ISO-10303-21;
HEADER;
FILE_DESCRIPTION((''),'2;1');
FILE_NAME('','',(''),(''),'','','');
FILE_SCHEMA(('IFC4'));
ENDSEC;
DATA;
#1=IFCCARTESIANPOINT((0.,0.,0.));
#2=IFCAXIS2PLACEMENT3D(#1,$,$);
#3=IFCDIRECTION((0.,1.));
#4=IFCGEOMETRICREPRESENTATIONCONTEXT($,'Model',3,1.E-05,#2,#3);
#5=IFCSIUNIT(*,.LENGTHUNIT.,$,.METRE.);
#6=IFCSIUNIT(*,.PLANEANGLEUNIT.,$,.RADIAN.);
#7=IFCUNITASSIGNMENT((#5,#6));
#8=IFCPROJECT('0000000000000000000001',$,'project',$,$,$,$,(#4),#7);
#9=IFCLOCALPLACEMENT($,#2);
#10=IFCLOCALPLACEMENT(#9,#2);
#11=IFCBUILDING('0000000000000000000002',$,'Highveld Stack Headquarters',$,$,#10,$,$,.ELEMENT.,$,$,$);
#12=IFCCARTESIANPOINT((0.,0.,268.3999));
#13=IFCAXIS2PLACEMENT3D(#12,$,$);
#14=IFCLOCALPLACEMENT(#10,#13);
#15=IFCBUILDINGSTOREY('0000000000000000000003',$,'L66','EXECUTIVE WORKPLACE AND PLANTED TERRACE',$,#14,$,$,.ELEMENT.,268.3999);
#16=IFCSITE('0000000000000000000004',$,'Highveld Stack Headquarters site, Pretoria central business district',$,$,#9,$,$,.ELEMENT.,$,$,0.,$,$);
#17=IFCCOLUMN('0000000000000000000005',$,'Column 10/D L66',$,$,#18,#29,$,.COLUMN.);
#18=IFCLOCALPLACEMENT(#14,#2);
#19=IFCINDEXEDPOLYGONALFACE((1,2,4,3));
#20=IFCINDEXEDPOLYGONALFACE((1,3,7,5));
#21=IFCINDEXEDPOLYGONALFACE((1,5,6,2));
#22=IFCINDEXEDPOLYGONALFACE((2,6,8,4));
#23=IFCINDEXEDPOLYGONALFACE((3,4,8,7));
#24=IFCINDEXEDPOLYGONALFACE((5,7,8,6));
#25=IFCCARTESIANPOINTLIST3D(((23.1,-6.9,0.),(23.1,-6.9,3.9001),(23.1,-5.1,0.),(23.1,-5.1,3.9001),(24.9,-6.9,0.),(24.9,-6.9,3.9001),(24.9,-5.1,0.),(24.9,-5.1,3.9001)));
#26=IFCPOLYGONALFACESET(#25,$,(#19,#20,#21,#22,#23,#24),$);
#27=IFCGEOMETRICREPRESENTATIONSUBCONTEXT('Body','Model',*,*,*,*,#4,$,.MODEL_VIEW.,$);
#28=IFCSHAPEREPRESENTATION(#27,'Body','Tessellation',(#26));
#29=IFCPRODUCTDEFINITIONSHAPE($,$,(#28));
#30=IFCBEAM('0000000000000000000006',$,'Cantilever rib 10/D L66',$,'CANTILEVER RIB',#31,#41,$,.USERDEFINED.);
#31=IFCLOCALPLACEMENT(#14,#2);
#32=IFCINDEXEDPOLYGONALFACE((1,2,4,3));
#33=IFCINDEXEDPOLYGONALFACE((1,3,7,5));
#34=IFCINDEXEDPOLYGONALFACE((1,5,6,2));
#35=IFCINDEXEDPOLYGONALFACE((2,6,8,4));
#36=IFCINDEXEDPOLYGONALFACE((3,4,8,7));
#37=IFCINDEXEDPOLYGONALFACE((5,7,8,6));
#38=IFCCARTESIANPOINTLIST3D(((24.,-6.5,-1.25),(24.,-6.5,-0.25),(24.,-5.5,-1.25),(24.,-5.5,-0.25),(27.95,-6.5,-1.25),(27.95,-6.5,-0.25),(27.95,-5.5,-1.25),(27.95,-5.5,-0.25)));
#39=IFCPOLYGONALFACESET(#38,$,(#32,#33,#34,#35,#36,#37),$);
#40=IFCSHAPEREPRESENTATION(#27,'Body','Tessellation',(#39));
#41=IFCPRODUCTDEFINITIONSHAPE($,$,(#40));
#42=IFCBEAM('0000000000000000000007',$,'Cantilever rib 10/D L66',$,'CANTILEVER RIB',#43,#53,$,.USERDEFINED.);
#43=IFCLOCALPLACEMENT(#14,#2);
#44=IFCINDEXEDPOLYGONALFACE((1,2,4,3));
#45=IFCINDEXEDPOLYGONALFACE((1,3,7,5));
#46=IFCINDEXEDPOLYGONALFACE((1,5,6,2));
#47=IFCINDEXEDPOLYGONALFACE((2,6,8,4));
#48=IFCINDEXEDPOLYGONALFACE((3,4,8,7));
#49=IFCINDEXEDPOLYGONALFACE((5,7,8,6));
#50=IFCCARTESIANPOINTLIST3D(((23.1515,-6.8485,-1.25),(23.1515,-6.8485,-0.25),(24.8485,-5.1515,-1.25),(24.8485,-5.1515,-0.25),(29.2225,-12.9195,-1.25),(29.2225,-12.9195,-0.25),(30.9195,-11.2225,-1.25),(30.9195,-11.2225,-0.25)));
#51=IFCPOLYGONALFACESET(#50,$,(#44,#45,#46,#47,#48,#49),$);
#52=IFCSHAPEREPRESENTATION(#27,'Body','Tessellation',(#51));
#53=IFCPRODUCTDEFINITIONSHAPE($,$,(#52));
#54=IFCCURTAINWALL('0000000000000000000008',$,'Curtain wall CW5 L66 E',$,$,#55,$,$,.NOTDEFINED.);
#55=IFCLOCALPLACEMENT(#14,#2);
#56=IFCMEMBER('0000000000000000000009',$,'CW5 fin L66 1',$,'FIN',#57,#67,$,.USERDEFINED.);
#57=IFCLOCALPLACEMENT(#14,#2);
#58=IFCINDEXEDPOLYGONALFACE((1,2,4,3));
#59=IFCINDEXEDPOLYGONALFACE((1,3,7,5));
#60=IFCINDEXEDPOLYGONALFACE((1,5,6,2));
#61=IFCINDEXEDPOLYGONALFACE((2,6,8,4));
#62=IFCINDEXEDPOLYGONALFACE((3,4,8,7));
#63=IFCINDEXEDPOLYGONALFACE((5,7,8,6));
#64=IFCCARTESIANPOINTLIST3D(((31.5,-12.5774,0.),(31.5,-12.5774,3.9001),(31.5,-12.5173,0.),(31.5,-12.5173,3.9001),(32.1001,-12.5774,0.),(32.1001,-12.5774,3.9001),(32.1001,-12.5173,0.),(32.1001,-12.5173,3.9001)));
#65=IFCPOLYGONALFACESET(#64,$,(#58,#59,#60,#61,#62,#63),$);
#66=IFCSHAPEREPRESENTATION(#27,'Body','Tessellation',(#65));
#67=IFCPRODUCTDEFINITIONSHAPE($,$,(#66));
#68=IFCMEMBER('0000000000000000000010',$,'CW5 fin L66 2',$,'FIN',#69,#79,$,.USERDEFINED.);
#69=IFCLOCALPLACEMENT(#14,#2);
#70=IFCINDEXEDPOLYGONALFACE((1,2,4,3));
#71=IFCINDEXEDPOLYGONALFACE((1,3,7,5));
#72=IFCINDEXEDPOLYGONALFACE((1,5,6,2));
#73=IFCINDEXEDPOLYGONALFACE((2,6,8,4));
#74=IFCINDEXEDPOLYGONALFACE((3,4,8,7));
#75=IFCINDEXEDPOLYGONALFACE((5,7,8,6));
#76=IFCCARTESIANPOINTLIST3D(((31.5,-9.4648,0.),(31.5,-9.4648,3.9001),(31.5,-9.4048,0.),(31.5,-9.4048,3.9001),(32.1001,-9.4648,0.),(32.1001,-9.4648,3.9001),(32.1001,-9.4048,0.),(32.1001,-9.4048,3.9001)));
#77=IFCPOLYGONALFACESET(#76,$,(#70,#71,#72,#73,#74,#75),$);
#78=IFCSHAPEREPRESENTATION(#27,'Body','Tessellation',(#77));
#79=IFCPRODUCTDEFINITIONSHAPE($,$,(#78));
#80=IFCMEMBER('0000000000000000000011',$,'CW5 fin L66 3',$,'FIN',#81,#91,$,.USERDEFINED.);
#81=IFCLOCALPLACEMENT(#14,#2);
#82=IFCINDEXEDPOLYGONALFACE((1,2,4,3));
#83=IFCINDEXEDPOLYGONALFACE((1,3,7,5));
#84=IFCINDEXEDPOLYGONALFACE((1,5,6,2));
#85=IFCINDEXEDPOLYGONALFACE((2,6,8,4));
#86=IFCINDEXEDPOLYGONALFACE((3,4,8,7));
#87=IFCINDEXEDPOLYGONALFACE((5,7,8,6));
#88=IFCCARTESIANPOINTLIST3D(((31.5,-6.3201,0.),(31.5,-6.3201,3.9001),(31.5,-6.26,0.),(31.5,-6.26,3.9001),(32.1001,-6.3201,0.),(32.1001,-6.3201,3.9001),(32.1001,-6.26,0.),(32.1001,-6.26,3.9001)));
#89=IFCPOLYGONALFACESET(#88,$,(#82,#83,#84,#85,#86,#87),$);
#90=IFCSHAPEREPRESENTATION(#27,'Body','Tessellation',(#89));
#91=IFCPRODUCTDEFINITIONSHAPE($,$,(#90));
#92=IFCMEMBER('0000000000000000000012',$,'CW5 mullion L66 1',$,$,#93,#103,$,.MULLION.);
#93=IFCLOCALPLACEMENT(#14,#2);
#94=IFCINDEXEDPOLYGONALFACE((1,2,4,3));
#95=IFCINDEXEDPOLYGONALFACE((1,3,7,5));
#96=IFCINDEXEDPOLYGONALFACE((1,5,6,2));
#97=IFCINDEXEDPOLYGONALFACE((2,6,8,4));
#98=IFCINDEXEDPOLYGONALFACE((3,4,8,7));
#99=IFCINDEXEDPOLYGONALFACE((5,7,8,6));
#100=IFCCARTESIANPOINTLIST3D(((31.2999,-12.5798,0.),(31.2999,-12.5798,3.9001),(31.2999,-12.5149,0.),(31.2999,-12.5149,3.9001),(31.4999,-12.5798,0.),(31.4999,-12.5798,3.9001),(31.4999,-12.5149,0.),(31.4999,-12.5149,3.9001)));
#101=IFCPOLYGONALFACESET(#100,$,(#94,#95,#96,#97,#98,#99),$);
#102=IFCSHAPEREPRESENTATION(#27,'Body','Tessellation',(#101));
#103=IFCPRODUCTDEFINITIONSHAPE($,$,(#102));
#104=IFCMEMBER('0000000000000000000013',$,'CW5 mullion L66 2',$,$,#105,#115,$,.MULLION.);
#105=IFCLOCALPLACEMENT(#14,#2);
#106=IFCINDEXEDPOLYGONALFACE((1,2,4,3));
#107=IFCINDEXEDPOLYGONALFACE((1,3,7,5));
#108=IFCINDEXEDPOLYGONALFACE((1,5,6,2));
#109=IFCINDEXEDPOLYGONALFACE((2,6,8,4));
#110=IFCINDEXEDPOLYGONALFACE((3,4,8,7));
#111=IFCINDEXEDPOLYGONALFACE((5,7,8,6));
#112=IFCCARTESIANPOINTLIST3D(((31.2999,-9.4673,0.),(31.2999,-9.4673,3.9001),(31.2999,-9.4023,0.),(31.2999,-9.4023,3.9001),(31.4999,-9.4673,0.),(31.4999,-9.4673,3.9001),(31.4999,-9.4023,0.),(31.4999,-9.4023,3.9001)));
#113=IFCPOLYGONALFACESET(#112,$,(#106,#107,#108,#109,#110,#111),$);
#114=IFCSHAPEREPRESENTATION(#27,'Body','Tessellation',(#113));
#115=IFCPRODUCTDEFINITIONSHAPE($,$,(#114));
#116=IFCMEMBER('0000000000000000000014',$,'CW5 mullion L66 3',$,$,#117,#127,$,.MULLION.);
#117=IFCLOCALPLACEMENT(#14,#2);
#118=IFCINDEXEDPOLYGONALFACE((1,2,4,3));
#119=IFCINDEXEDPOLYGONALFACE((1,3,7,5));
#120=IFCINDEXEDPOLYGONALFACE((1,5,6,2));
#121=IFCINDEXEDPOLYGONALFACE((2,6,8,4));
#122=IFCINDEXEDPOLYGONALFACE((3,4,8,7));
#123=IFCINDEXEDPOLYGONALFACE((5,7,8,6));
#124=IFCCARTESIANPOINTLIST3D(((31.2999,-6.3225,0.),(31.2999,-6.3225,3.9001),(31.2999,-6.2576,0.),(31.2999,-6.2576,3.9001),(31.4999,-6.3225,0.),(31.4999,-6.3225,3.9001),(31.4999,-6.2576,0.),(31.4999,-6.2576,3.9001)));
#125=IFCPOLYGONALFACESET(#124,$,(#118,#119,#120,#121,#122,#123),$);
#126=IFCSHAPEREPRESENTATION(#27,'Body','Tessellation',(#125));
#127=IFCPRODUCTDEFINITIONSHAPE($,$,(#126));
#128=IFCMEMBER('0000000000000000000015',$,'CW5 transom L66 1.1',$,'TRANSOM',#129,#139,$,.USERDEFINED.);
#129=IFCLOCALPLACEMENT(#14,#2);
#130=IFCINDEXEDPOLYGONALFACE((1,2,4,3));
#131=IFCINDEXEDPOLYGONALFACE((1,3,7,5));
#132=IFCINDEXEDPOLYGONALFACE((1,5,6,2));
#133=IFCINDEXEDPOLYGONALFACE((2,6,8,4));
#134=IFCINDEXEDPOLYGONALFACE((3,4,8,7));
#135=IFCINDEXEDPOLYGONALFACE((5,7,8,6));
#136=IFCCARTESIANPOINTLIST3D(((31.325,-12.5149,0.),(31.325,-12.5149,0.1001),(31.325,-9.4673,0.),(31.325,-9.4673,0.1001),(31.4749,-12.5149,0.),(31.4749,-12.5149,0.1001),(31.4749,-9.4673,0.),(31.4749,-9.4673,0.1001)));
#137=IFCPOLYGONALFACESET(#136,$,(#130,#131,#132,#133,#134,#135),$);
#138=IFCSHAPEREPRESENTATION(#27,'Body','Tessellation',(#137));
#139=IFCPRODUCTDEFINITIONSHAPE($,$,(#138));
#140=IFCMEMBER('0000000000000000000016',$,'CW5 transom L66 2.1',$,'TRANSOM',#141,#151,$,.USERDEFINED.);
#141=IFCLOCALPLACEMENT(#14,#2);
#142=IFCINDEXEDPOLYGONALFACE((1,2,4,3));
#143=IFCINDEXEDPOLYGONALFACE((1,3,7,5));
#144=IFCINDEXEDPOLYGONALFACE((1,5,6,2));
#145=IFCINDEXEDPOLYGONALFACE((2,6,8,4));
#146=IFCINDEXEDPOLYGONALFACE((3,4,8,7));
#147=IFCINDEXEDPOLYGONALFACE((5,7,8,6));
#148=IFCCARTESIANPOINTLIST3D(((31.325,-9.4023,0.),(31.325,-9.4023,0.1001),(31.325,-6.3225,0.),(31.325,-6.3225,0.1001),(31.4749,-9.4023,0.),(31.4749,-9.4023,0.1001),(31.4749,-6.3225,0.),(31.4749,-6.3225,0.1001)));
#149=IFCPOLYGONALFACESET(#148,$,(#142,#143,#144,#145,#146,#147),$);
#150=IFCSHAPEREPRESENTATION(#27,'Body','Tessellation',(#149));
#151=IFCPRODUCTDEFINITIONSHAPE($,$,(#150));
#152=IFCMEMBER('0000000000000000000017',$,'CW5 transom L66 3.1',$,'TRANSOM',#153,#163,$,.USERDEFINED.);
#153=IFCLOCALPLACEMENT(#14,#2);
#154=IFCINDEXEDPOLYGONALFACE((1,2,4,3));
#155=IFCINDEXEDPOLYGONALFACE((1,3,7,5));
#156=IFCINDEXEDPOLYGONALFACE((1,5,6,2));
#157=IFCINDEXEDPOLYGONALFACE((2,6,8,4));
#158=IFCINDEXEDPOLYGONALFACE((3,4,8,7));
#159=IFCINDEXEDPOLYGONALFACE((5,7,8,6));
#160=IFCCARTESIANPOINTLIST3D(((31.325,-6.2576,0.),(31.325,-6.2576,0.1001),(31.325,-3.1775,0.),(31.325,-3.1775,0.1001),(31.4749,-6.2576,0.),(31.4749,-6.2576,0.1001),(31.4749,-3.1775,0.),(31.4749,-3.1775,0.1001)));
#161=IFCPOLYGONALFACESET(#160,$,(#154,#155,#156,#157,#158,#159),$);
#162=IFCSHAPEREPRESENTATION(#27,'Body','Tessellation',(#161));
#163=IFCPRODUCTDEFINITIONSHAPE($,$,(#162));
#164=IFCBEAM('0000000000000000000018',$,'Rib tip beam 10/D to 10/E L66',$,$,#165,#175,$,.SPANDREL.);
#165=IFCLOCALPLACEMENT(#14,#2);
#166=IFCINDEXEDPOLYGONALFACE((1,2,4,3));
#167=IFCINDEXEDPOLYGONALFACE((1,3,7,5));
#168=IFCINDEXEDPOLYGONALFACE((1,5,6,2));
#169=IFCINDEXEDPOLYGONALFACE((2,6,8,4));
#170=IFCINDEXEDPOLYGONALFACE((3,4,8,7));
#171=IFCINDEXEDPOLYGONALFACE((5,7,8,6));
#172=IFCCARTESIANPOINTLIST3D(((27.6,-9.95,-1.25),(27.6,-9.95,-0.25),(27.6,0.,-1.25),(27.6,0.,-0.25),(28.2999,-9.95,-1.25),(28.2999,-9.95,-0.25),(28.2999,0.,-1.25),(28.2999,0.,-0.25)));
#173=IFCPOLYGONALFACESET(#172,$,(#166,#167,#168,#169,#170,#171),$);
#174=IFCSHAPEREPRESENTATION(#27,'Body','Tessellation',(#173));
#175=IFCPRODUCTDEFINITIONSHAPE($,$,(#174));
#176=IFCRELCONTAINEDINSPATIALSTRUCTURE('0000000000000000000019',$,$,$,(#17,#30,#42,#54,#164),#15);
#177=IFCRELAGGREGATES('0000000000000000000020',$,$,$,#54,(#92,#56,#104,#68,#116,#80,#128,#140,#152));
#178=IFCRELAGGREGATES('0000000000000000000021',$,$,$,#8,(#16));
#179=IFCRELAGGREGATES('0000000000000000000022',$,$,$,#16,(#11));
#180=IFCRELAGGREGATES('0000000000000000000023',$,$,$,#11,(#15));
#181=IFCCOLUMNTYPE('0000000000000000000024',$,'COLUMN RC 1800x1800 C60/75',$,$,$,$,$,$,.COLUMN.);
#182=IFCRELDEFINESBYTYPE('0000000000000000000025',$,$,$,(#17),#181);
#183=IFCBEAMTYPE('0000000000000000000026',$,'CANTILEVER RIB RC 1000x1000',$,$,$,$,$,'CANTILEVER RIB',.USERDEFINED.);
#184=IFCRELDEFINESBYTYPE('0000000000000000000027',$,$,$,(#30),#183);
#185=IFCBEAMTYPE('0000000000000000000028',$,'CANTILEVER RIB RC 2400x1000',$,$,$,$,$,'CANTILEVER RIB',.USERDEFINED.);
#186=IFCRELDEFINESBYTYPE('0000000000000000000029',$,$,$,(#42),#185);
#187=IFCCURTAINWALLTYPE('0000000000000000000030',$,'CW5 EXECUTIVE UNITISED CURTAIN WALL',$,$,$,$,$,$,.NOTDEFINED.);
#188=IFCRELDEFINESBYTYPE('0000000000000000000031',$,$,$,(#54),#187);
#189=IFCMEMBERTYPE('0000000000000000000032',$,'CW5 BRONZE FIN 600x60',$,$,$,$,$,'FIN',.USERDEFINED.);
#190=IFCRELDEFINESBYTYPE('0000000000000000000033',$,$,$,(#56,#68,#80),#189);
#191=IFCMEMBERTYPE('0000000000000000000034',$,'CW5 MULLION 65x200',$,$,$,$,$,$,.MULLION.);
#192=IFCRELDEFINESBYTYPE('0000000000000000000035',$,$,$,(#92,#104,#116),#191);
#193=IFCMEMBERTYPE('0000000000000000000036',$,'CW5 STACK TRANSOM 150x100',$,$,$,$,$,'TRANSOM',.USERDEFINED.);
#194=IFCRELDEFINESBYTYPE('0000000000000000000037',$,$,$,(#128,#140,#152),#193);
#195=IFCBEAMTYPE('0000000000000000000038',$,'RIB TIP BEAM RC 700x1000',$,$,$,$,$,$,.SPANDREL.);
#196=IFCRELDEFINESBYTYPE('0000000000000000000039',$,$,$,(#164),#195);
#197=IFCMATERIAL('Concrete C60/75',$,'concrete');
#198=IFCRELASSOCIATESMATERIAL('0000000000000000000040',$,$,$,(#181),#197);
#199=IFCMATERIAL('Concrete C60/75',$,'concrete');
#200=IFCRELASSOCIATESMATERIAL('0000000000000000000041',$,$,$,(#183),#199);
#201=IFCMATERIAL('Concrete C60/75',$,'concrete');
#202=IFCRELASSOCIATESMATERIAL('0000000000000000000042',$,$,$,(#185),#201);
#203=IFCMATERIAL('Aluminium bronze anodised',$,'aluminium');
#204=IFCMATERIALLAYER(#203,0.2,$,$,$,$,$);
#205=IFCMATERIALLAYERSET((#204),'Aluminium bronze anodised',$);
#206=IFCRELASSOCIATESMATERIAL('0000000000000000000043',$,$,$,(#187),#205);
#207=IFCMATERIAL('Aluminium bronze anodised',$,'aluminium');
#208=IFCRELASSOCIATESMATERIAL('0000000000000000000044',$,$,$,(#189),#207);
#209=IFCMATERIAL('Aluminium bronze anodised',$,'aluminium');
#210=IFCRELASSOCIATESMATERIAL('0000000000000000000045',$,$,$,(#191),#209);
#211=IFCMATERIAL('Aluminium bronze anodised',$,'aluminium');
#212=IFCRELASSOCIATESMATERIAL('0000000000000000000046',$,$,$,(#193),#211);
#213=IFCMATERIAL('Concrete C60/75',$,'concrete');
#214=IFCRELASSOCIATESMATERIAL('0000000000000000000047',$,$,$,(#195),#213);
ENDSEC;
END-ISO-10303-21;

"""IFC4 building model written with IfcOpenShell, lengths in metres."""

from ifc_helpers import new_model, si_unit, direction, frame, origin, origin_2d, place, context, subcontext, project, spatial, rectangle, extrude, material, layer, layer_set, material_profile, profile_set, type_object, element, aggregate, save


model = new_model("IFC4")

# Units and contexts
model_context = context("Model", 3, precision=1e-05, world=origin(), true_north=direction((0.0, 1.0)))
body_context = subcontext(model_context, "Body", "Model", "MODEL_VIEW")
ifc_project = project(units=[si_unit("LENGTHUNIT", "METRE"), si_unit("PLANEANGLEUNIT", "RADIAN")], contexts=[model_context])

# Site, building, storey
site_placement = place(None, origin())
site = spatial("IfcSite", under=ifc_project, at=site_placement, Name="Highveld Stack Headquarters site, Pretoria central business district", CompositionType="ELEMENT", RefElevation=0.0)
building_placement = place(site_placement, origin())
building = spatial("IfcBuilding", under=site, at=building_placement, Name="Highveld Stack Headquarters", CompositionType="ELEMENT")
storey_placement = place(building_placement, frame((0.0, 0.0, 268.3999)))
storey = spatial("IfcBuildingStorey", under=building, at=storey_placement, Name="L66", Description="EXECUTIVE WORKPLACE AND PLANTED TERRACE", CompositionType="ELEMENT", Elevation=268.3999)

# Column
ifc_material_1 = material(Name="Concrete C60/75", Category="concrete")
ifc_material_profile_1 = material_profile(ifc_material_1, rectangle(XDim=1.8, YDim=1.8, at=origin_2d()), Name="RC 1800x1800")
ifc_profile_set_1 = profile_set([ifc_material_profile_1], Name="Concrete C60/75")
column_type = type_object("IfcColumnType", Name="COLUMN RC 1800x1800 C60/75", PredefinedType="COLUMN", material=ifc_profile_set_1)
column_placement = place(storey_placement, frame((24.0, -6.0, 0.0), z_axis=(0.0, 0.0, 1.0), x_axis=(1.0, 0.0, 0.0)))
element("IfcColumn", 1, at=column_placement, inside=storey, type_object=column_type, Name="Column 10/D L66", PredefinedType="COLUMN", context=body_context, shape_type="SweptSolid", body=[
    extrude(rectangle(XDim=1.8, YDim=1.8, at=origin_2d()), origin(), (0.0, 0.0, 1.0), 3.9001),
])

# Beams
ifc_material_2 = material(Name="Concrete C60/75", Category="concrete")
ifc_material_profile_2 = material_profile(ifc_material_2, rectangle(XDim=1.0, YDim=1.0, at=origin_2d()), Name="RC 1000x1000")
ifc_profile_set_2 = profile_set([ifc_material_profile_2], Name="Concrete C60/75")
beam_type_1 = type_object("IfcBeamType", Name="CANTILEVER RIB RC 1000x1000", ElementType="CANTILEVER RIB", PredefinedType="USERDEFINED", material=ifc_profile_set_2)
beam_1_placement = place(storey_placement, frame((24.0, -6.0, -0.75), z_axis=(1.0, 0.0, 0.0), x_axis=(0.0, 1.0, 0.0)))
element("IfcBeam", 2, at=beam_1_placement, inside=storey, type_object=beam_type_1, Name="Cantilever rib 10/D L66", ObjectType="CANTILEVER RIB", PredefinedType="USERDEFINED", context=body_context, shape_type="SweptSolid", body=[
    extrude(rectangle(XDim=1.0, YDim=1.0, at=origin_2d()), origin(), (0.0, 0.0, 1.0), 3.95),
])
ifc_material_3 = material(Name="Concrete C60/75", Category="concrete")
ifc_material_profile_3 = material_profile(ifc_material_3, rectangle(XDim=2.3999, YDim=1.0, at=origin_2d()), Name="RC 2400x1000")
ifc_profile_set_3 = profile_set([ifc_material_profile_3], Name="Concrete C60/75")
beam_type_2 = type_object("IfcBeamType", Name="CANTILEVER RIB RC 2400x1000", ElementType="CANTILEVER RIB", PredefinedType="USERDEFINED", material=ifc_profile_set_3)
beam_2_placement = place(storey_placement, frame((24.0, -6.0, -0.75), z_axis=(0.707107, -0.707107, 0.0), x_axis=(0.707107, 0.707107, 0.0)))
element("IfcBeam", 3, at=beam_2_placement, inside=storey, type_object=beam_type_2, Name="Cantilever rib 10/D L66", ObjectType="CANTILEVER RIB", PredefinedType="USERDEFINED", context=body_context, shape_type="SweptSolid", body=[
    extrude(rectangle(XDim=2.3999, YDim=1.0, at=origin_2d()), origin(), (0.0, 0.0, 1.0), 8.5857),
])

# Curtain wall, members
ifc_material_4 = material(Name="Aluminium bronze anodised", Category="aluminium")
ifc_layer_1 = layer(ifc_material_4, 0.2)
ifc_layer_set_1 = layer_set([ifc_layer_1], Name="Aluminium bronze anodised")
curtain_wall_type = type_object("IfcCurtainWallType", Name="CW5 EXECUTIVE UNITISED CURTAIN WALL", PredefinedType="NOTDEFINED", material=ifc_layer_set_1)
curtain_wall_placement = place(storey_placement, origin())
curtain_wall = element("IfcCurtainWall", 4, at=curtain_wall_placement, inside=storey, type_object=curtain_wall_type, Name="Curtain wall CW5 L66 E", PredefinedType="NOTDEFINED")
ifc_material_5 = material(Name="Aluminium bronze anodised", Category="aluminium")
ifc_material_profile_4 = material_profile(ifc_material_5, rectangle(XDim=0.6001, YDim=0.0601, at=origin_2d()), Name="FIN 600x60")
ifc_profile_set_4 = profile_set([ifc_material_profile_4], Name="Aluminium bronze anodised")
member_type_1 = type_object("IfcMemberType", Name="CW5 BRONZE FIN 600x60", ElementType="FIN", PredefinedType="USERDEFINED", material=ifc_profile_set_4)
member_1_placement = place(storey_placement, frame((31.8, -12.5474, 0.0), z_axis=(0.0, 0.0, 1.0), x_axis=(-1.0, 0.0, 0.0)))
member_1 = element("IfcMember", 5, at=member_1_placement, type_object=member_type_1, Name="CW5 fin L66 1", ObjectType="FIN", PredefinedType="USERDEFINED", context=body_context, shape_type="SweptSolid", body=[
    extrude(rectangle(XDim=0.6001, YDim=0.0601, at=origin_2d()), origin(), (0.0, 0.0, 1.0), 3.9001),
])
member_2_placement = place(storey_placement, frame((31.8, -9.4348, 0.0), z_axis=(0.0, 0.0, 1.0), x_axis=(-1.0, 0.0, 0.0)))
member_2 = element("IfcMember", 6, at=member_2_placement, type_object=member_type_1, Name="CW5 fin L66 2", ObjectType="FIN", PredefinedType="USERDEFINED", context=body_context, shape_type="SweptSolid", body=[
    extrude(rectangle(XDim=0.6001, YDim=0.0601, at=origin_2d()), origin(), (0.0, 0.0, 1.0), 3.9001),
])
member_3_placement = place(storey_placement, frame((31.8, -6.29, 0.0), z_axis=(0.0, 0.0, 1.0), x_axis=(-1.0, 0.0, 0.0)))
member_3 = element("IfcMember", 7, at=member_3_placement, type_object=member_type_1, Name="CW5 fin L66 3", ObjectType="FIN", PredefinedType="USERDEFINED", context=body_context, shape_type="SweptSolid", body=[
    extrude(rectangle(XDim=0.6001, YDim=0.0601, at=origin_2d()), origin(), (0.0, 0.0, 1.0), 3.9001),
])
ifc_material_6 = material(Name="Aluminium bronze anodised", Category="aluminium")
ifc_material_profile_5 = material_profile(ifc_material_6, rectangle(XDim=0.2, YDim=0.0649, at=origin_2d()), Name="CW5 MULLION 65x200")
ifc_profile_set_5 = profile_set([ifc_material_profile_5], Name="Aluminium bronze anodised")
member_type_2 = type_object("IfcMemberType", Name="CW5 MULLION 65x200", PredefinedType="MULLION", material=ifc_profile_set_5)
member_4_placement = place(storey_placement, frame((31.3999, -12.5474, 0.0), z_axis=(0.0, 0.0, 1.0), x_axis=(-1.0, 0.0, 0.0)))
member_4 = element("IfcMember", 8, at=member_4_placement, type_object=member_type_2, Name="CW5 mullion L66 1", PredefinedType="MULLION", context=body_context, shape_type="SweptSolid", body=[
    extrude(rectangle(XDim=0.2, YDim=0.0649, at=origin_2d()), origin(), (0.0, 0.0, 1.0), 3.9001),
])
member_5_placement = place(storey_placement, frame((31.3999, -9.4348, 0.0), z_axis=(0.0, 0.0, 1.0), x_axis=(-1.0, 0.0, 0.0)))
member_5 = element("IfcMember", 9, at=member_5_placement, type_object=member_type_2, Name="CW5 mullion L66 2", PredefinedType="MULLION", context=body_context, shape_type="SweptSolid", body=[
    extrude(rectangle(XDim=0.2, YDim=0.0649, at=origin_2d()), origin(), (0.0, 0.0, 1.0), 3.9001),
])
member_6_placement = place(storey_placement, frame((31.3999, -6.29, 0.0), z_axis=(0.0, 0.0, 1.0), x_axis=(-1.0, 0.0, 0.0)))
member_6 = element("IfcMember", 10, at=member_6_placement, type_object=member_type_2, Name="CW5 mullion L66 3", PredefinedType="MULLION", context=body_context, shape_type="SweptSolid", body=[
    extrude(rectangle(XDim=0.2, YDim=0.0649, at=origin_2d()), origin(), (0.0, 0.0, 1.0), 3.9001),
])
ifc_material_7 = material(Name="Aluminium bronze anodised", Category="aluminium")
ifc_material_profile_6 = material_profile(ifc_material_7, rectangle(XDim=0.1499, YDim=0.1001, at=origin_2d()), Name="CW5 TRANSOM 150x100")
ifc_profile_set_6 = profile_set([ifc_material_profile_6], Name="Aluminium bronze anodised")
member_type_3 = type_object("IfcMemberType", Name="CW5 STACK TRANSOM 150x100", ElementType="TRANSOM", PredefinedType="USERDEFINED", material=ifc_profile_set_6)
member_7_placement = place(storey_placement, frame((31.3999, -12.5149, 0.05), z_axis=(0.0, 1.0, 0.0), x_axis=(-1.0, 0.0, 0.0)))
member_7 = element("IfcMember", 11, at=member_7_placement, type_object=member_type_3, Name="CW5 transom L66 1.1", ObjectType="TRANSOM", PredefinedType="USERDEFINED", context=body_context, shape_type="SweptSolid", body=[
    extrude(rectangle(XDim=0.1499, YDim=0.1001, at=origin_2d()), origin(), (0.0, 0.0, 1.0), 3.0476),
])
member_8_placement = place(storey_placement, frame((31.3999, -9.4023, 0.05), z_axis=(0.0, 1.0, 0.0), x_axis=(-1.0, 0.0, 0.0)))
member_8 = element("IfcMember", 12, at=member_8_placement, type_object=member_type_3, Name="CW5 transom L66 2.1", ObjectType="TRANSOM", PredefinedType="USERDEFINED", context=body_context, shape_type="SweptSolid", body=[
    extrude(rectangle(XDim=0.1499, YDim=0.1001, at=origin_2d()), origin(), (0.0, 0.0, 1.0), 3.0798),
])
member_9_placement = place(storey_placement, frame((31.3999, -6.2576, 0.05), z_axis=(0.0, 1.0, 0.0), x_axis=(-1.0, 0.0, 0.0)))
member_9 = element("IfcMember", 13, at=member_9_placement, type_object=member_type_3, Name="CW5 transom L66 3.1", ObjectType="TRANSOM", PredefinedType="USERDEFINED", context=body_context, shape_type="SweptSolid", body=[
    extrude(rectangle(XDim=0.1499, YDim=0.1001, at=origin_2d()), origin(), (0.0, 0.0, 1.0), 3.0801),
])

# Beam
ifc_material_8 = material(Name="Concrete C60/75", Category="concrete")
ifc_material_profile_7 = material_profile(ifc_material_8, rectangle(XDim=0.7, YDim=1.0, at=origin_2d()), Name="RC 700x1000")
ifc_profile_set_7 = profile_set([ifc_material_profile_7], Name="Concrete C60/75")
beam_type_3 = type_object("IfcBeamType", Name="RIB TIP BEAM RC 700x1000", PredefinedType="SPANDREL", material=ifc_profile_set_7)
beam_3_placement = place(storey_placement, frame((27.95, -9.95, -0.75), z_axis=(0.0, 1.0, 0.0), x_axis=(-1.0, 0.0, 0.0)))
element("IfcBeam", 14, at=beam_3_placement, inside=storey, type_object=beam_type_3, Name="Rib tip beam 10/D to 10/E L66", PredefinedType="SPANDREL", context=body_context, shape_type="SweptSolid", body=[
    extrude(rectangle(XDim=0.7, YDim=1.0, at=origin_2d()), origin(), (0.0, 0.0, 1.0), 9.95),
])

aggregate(curtain_wall, [member_4, member_1, member_5, member_2, member_6, member_3, member_7, member_8, member_9])

save(model, "model.ifc")
